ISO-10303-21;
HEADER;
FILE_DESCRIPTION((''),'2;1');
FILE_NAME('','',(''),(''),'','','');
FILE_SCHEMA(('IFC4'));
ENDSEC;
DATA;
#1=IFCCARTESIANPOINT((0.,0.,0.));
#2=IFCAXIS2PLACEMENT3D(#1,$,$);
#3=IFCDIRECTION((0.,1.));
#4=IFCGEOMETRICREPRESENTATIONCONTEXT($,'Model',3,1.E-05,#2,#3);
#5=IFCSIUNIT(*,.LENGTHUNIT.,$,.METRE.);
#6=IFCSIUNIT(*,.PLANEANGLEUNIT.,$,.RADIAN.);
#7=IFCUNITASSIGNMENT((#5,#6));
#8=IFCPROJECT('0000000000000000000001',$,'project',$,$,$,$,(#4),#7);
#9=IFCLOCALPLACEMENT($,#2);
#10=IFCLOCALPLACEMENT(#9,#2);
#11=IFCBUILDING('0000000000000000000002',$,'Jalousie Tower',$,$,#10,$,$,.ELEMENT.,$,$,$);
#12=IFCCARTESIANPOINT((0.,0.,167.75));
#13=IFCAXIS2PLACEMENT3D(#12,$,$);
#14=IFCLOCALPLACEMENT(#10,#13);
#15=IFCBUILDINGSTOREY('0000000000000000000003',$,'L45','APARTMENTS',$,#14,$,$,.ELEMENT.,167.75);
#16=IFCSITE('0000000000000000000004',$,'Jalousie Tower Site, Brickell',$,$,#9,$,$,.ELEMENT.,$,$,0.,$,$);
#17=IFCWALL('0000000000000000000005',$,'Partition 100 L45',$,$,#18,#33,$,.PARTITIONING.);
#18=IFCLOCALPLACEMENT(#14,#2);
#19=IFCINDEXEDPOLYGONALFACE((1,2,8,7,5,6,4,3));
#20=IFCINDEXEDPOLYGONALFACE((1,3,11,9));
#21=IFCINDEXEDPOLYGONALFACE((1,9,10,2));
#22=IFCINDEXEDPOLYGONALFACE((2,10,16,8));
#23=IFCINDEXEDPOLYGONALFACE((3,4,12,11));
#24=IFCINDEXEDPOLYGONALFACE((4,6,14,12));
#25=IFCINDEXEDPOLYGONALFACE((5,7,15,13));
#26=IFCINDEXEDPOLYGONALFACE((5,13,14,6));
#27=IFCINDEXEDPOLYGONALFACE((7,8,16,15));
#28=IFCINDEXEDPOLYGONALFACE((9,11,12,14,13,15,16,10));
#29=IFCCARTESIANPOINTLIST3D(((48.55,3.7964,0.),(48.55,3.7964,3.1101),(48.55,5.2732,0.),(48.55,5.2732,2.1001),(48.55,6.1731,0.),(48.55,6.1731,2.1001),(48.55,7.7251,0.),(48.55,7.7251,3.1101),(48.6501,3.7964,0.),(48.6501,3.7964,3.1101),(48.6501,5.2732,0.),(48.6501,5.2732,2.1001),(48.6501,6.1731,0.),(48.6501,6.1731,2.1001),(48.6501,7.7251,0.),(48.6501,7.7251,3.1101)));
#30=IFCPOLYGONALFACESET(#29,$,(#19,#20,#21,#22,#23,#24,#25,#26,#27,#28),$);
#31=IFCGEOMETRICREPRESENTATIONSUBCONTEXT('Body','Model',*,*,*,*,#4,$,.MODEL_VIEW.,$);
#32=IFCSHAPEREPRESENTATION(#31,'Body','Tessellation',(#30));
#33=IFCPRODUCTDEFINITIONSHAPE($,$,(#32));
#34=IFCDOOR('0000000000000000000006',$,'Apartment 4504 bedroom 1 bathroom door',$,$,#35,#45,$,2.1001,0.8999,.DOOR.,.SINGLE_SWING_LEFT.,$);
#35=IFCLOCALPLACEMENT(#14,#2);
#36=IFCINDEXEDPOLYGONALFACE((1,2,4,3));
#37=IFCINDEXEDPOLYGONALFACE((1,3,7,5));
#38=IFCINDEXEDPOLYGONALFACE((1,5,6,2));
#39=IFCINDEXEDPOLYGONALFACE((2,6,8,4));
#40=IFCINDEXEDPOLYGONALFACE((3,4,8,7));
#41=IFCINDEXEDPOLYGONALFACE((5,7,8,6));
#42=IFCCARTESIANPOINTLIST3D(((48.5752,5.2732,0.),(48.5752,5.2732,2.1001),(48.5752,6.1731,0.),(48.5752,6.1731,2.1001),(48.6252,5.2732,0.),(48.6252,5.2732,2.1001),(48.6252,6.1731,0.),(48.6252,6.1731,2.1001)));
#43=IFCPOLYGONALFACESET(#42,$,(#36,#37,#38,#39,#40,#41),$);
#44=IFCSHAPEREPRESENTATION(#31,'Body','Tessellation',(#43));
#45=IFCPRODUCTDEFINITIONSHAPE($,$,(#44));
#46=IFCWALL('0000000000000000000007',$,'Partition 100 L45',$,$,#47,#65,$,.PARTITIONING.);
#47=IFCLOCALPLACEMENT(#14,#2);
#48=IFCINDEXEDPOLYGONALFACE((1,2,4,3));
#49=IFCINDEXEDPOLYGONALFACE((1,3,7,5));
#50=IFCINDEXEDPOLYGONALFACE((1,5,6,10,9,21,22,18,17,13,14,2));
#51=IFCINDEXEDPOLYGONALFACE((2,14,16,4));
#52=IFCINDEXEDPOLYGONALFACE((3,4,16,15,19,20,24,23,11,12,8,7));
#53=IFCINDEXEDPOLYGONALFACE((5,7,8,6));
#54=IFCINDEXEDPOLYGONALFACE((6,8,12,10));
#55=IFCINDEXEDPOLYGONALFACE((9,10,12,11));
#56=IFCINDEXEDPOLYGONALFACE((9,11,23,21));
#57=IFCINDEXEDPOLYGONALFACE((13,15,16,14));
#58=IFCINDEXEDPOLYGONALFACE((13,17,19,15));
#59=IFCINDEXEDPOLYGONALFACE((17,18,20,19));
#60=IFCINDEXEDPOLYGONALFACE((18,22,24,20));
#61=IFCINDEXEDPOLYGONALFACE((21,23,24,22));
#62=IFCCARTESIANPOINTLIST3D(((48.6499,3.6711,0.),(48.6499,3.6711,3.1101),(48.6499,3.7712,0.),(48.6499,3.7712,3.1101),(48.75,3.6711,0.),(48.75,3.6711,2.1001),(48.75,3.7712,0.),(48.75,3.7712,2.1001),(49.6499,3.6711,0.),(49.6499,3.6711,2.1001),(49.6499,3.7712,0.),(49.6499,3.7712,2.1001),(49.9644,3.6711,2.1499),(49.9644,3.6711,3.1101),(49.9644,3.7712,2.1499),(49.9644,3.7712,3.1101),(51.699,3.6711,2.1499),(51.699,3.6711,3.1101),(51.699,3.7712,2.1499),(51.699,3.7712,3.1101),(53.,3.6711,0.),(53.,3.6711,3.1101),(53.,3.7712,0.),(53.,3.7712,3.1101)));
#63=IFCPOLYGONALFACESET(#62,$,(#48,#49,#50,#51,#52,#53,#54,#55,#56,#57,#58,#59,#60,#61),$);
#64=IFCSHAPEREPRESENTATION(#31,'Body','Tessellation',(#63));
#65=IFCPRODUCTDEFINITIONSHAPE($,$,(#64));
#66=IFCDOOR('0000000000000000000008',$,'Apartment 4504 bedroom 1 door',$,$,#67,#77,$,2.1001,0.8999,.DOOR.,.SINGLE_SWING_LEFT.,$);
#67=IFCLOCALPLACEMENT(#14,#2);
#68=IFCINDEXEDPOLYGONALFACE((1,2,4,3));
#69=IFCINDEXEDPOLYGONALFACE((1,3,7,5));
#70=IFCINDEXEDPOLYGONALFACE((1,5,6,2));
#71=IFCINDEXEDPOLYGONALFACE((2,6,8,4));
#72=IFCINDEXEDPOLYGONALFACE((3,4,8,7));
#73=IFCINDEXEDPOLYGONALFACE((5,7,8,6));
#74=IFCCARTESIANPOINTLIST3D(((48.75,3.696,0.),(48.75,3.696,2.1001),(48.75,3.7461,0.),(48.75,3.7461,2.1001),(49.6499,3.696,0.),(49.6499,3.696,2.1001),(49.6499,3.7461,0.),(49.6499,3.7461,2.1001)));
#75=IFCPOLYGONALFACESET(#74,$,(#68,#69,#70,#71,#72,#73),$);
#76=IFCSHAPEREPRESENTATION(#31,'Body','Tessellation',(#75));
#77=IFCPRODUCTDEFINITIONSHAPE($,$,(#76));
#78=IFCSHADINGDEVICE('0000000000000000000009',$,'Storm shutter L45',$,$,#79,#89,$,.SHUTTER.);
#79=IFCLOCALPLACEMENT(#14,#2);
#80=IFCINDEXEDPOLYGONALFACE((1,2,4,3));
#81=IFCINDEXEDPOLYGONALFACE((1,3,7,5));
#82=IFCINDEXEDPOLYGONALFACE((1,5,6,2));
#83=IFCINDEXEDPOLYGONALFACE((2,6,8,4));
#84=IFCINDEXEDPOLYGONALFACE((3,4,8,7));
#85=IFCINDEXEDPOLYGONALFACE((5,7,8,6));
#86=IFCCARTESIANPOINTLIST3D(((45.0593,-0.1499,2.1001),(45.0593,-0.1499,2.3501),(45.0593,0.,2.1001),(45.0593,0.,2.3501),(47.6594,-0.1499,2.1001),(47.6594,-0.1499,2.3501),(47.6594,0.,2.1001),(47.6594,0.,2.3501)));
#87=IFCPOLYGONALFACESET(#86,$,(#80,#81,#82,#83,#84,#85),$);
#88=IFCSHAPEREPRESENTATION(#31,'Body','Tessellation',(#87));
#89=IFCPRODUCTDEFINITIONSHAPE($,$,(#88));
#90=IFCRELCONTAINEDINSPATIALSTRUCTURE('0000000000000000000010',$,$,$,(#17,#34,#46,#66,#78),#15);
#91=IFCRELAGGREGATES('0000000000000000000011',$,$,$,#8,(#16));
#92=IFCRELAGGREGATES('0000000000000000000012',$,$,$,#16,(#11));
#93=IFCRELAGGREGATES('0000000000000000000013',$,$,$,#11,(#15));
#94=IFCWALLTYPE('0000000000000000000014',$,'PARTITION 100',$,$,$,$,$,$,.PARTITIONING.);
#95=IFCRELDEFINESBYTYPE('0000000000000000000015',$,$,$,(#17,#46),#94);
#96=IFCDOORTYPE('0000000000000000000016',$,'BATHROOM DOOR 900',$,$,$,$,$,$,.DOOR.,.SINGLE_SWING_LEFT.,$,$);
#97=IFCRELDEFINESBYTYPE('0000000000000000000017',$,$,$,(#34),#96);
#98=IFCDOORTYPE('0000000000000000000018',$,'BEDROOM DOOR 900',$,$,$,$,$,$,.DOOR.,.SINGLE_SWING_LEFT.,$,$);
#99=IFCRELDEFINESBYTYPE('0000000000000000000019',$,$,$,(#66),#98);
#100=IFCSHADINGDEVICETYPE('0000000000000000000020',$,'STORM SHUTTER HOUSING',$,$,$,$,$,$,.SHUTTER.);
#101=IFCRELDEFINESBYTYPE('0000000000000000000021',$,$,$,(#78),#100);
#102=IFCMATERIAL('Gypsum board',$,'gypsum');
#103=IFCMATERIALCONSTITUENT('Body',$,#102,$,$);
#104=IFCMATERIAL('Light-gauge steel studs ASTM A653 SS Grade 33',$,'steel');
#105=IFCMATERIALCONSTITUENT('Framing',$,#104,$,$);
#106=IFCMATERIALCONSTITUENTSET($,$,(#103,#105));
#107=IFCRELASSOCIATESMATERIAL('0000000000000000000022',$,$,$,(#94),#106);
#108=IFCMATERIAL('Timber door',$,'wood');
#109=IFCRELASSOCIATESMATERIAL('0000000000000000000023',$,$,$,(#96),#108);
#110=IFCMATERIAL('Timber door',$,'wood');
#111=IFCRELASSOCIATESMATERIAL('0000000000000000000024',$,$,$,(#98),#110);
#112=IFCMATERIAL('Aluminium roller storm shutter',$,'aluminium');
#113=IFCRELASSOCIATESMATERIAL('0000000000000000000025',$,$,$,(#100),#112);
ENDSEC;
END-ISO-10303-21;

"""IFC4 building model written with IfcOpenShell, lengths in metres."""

from ifc_helpers import new_model, si_unit, direction, frame, frame_2d, origin, origin_2d, place, context, subcontext, project, spatial, polyline, rectangle, outline, extrude, material, constituent, constituent_set, type_object, element, fill, save


model = new_model("IFC4")

# Units and contexts
model_context = context("Model", 3, precision=1e-05, world=origin(), true_north=direction((0.0, 1.0)))
body_context = subcontext(model_context, "Body", "Model", "MODEL_VIEW")
ifc_project = project(units=[si_unit("LENGTHUNIT", "METRE"), si_unit("PLANEANGLEUNIT", "RADIAN")], contexts=[model_context])

# Site, building, storey
site_placement = place(None, origin())
site = spatial("IfcSite", under=ifc_project, at=site_placement, Name="Jalousie Tower Site, Brickell", CompositionType="ELEMENT", RefElevation=0.0)
building_placement = place(site_placement, origin())
building = spatial("IfcBuilding", under=site, at=building_placement, Name="Jalousie Tower", CompositionType="ELEMENT")
storey_placement = place(building_placement, frame((0.0, 0.0, 167.75)))
storey = spatial("IfcBuildingStorey", under=building, at=storey_placement, Name="L45", Description="APARTMENTS", CompositionType="ELEMENT", Elevation=167.75)

# Walls, openings, doors
ifc_material_1 = material(Name="Gypsum board", Category="gypsum")
ifc_constituent_1 = constituent(ifc_material_1, Name="Body")
ifc_material_2 = material(Name="Light-gauge steel studs ASTM A653 SS Grade 33", Category="steel")
ifc_constituent_2 = constituent(ifc_material_2, Name="Framing")
ifc_constituent_set_1 = constituent_set(constituents=[ifc_constituent_1, ifc_constituent_2])
wall_type_1 = type_object("IfcWallType", Name="PARTITION 100", PredefinedType="PARTITIONING", material=ifc_constituent_set_1)
wall_1_placement = place(storey_placement, frame((48.6001, 3.7964, 0.0), z_axis=(0.0, 0.0, 1.0), x_axis=(0.0, 1.0, 0.0)))
wall_1 = element("IfcWall", 1, at=wall_1_placement, inside=storey, type_object=wall_type_1, Name="Partition 100 L45", PredefinedType="PARTITIONING", context=body_context, shape_type="SweptSolid", body=[
    extrude(rectangle(XDim=3.9287, YDim=0.1001, at=frame_2d((1.9644, 0.0))), origin(), (0.0, 0.0, 1.0), 3.1101),
])
opening_1_placement = place(wall_1_placement, frame((1.4768, 0.0, 0.0)))
opening_1 = element("IfcOpeningElement", 2, at=opening_1_placement, cuts=wall_1, PredefinedType="OPENING", context=body_context, shape_type="SweptSolid", body=[
    extrude(rectangle(XDim=0.8999, YDim=2.1001, at=frame_2d((0.45, 1.05))), frame((0.0, 0.0601, 0.0), z_axis=(0.0, -1.0, 0.0), x_axis=(1.0, 0.0, 0.0)), (0.0, 0.0, 1.0), 0.1201),
])
ifc_material_3 = material(Name="Timber door", Category="wood")
door_type_1 = type_object("IfcDoorType", Name="BATHROOM DOOR 900", OperationType="SINGLE_SWING_LEFT", PredefinedType="DOOR", material=ifc_material_3)
door_1_placement = place(opening_1_placement, origin())
door_1 = element("IfcDoor", 3, at=door_1_placement, inside=storey, type_object=door_type_1, Name="Apartment 4504 bedroom 1 bathroom door", OperationType="SINGLE_SWING_LEFT", OverallHeight=2.1001, OverallWidth=0.8999, PredefinedType="DOOR", context=body_context, shape_type="SweptSolid", body=[
    extrude(rectangle(XDim=0.8999, YDim=2.1001, at=frame_2d((0.45, 1.05))), frame((0.0, 0.0249, 0.0), z_axis=(0.0, -1.0, 0.0), x_axis=(1.0, 0.0, 0.0)), (0.0, 0.0, 1.0), 0.05),
])
fill(opening_1, door_1)
wall_2_placement = place(storey_placement, frame((48.6499, 3.7212, 0.0), z_axis=(0.0, 0.0, 1.0), x_axis=(1.0, 0.0, 0.0)))
wall_2 = element("IfcWall", 4, at=wall_2_placement, inside=storey, type_object=wall_type_1, Name="Partition 100 L45", PredefinedType="PARTITIONING", context=body_context, shape_type="SweptSolid", body=[
    extrude(outline(polyline([(0.0, 0.0), (4.3501, 0.0), (4.3501, 3.1101), (3.0491, 3.1101), (3.0491, 2.1499), (1.3145, 2.1499), (1.3145, 3.1101), (0.0, 3.1101), (0.0, 0.0)])), frame((0.0, 0.05, 0.0), z_axis=(0.0, -1.0, 0.0), x_axis=(1.0, 0.0, 0.0)), (0.0, 0.0, 1.0), 0.1001),
])
opening_2_placement = place(wall_2_placement, frame((0.1001, 0.0, 0.0)))
opening_2 = element("IfcOpeningElement", 5, at=opening_2_placement, cuts=wall_2, PredefinedType="OPENING", context=body_context, shape_type="SweptSolid", body=[
    extrude(rectangle(XDim=0.8999, YDim=2.1001, at=frame_2d((0.45, 1.05))), frame((0.0, 0.0601, 0.0), z_axis=(0.0, -1.0, 0.0), x_axis=(1.0, 0.0, 0.0)), (0.0, 0.0, 1.0), 0.1201),
])
ifc_material_4 = material(Name="Timber door", Category="wood")
door_type_2 = type_object("IfcDoorType", Name="BEDROOM DOOR 900", OperationType="SINGLE_SWING_LEFT", PredefinedType="DOOR", material=ifc_material_4)
door_2_placement = place(opening_2_placement, origin())
door_2 = element("IfcDoor", 6, at=door_2_placement, inside=storey, type_object=door_type_2, Name="Apartment 4504 bedroom 1 door", OperationType="SINGLE_SWING_LEFT", OverallHeight=2.1001, OverallWidth=0.8999, PredefinedType="DOOR", context=body_context, shape_type="SweptSolid", body=[
    extrude(rectangle(XDim=0.8999, YDim=2.1001, at=frame_2d((0.45, 1.05))), frame((0.0, 0.0249, 0.0), z_axis=(0.0, -1.0, 0.0), x_axis=(1.0, 0.0, 0.0)), (0.0, 0.0, 1.0), 0.05),
])
fill(opening_2, door_2)

# Shading device
ifc_material_5 = material(Name="Aluminium roller storm shutter", Category="aluminium")
shading_device_type = type_object("IfcShadingDeviceType", Name="STORM SHUTTER HOUSING", PredefinedType="SHUTTER", material=ifc_material_5)
shading_device_placement = place(storey_placement, frame((46.3594, -0.075, 2.1001), z_axis=(0.0, 0.0, 1.0), x_axis=(1.0, 0.0, 0.0)))
element("IfcShadingDevice", 7, at=shading_device_placement, inside=storey, type_object=shading_device_type, Name="Storm shutter L45", PredefinedType="SHUTTER", context=body_context, shape_type="SweptSolid", body=[
    extrude(rectangle(XDim=2.6001, YDim=0.1499, at=origin_2d()), origin(), (0.0, 0.0, 1.0), 0.25),
])

save(model, "model.ifc")
